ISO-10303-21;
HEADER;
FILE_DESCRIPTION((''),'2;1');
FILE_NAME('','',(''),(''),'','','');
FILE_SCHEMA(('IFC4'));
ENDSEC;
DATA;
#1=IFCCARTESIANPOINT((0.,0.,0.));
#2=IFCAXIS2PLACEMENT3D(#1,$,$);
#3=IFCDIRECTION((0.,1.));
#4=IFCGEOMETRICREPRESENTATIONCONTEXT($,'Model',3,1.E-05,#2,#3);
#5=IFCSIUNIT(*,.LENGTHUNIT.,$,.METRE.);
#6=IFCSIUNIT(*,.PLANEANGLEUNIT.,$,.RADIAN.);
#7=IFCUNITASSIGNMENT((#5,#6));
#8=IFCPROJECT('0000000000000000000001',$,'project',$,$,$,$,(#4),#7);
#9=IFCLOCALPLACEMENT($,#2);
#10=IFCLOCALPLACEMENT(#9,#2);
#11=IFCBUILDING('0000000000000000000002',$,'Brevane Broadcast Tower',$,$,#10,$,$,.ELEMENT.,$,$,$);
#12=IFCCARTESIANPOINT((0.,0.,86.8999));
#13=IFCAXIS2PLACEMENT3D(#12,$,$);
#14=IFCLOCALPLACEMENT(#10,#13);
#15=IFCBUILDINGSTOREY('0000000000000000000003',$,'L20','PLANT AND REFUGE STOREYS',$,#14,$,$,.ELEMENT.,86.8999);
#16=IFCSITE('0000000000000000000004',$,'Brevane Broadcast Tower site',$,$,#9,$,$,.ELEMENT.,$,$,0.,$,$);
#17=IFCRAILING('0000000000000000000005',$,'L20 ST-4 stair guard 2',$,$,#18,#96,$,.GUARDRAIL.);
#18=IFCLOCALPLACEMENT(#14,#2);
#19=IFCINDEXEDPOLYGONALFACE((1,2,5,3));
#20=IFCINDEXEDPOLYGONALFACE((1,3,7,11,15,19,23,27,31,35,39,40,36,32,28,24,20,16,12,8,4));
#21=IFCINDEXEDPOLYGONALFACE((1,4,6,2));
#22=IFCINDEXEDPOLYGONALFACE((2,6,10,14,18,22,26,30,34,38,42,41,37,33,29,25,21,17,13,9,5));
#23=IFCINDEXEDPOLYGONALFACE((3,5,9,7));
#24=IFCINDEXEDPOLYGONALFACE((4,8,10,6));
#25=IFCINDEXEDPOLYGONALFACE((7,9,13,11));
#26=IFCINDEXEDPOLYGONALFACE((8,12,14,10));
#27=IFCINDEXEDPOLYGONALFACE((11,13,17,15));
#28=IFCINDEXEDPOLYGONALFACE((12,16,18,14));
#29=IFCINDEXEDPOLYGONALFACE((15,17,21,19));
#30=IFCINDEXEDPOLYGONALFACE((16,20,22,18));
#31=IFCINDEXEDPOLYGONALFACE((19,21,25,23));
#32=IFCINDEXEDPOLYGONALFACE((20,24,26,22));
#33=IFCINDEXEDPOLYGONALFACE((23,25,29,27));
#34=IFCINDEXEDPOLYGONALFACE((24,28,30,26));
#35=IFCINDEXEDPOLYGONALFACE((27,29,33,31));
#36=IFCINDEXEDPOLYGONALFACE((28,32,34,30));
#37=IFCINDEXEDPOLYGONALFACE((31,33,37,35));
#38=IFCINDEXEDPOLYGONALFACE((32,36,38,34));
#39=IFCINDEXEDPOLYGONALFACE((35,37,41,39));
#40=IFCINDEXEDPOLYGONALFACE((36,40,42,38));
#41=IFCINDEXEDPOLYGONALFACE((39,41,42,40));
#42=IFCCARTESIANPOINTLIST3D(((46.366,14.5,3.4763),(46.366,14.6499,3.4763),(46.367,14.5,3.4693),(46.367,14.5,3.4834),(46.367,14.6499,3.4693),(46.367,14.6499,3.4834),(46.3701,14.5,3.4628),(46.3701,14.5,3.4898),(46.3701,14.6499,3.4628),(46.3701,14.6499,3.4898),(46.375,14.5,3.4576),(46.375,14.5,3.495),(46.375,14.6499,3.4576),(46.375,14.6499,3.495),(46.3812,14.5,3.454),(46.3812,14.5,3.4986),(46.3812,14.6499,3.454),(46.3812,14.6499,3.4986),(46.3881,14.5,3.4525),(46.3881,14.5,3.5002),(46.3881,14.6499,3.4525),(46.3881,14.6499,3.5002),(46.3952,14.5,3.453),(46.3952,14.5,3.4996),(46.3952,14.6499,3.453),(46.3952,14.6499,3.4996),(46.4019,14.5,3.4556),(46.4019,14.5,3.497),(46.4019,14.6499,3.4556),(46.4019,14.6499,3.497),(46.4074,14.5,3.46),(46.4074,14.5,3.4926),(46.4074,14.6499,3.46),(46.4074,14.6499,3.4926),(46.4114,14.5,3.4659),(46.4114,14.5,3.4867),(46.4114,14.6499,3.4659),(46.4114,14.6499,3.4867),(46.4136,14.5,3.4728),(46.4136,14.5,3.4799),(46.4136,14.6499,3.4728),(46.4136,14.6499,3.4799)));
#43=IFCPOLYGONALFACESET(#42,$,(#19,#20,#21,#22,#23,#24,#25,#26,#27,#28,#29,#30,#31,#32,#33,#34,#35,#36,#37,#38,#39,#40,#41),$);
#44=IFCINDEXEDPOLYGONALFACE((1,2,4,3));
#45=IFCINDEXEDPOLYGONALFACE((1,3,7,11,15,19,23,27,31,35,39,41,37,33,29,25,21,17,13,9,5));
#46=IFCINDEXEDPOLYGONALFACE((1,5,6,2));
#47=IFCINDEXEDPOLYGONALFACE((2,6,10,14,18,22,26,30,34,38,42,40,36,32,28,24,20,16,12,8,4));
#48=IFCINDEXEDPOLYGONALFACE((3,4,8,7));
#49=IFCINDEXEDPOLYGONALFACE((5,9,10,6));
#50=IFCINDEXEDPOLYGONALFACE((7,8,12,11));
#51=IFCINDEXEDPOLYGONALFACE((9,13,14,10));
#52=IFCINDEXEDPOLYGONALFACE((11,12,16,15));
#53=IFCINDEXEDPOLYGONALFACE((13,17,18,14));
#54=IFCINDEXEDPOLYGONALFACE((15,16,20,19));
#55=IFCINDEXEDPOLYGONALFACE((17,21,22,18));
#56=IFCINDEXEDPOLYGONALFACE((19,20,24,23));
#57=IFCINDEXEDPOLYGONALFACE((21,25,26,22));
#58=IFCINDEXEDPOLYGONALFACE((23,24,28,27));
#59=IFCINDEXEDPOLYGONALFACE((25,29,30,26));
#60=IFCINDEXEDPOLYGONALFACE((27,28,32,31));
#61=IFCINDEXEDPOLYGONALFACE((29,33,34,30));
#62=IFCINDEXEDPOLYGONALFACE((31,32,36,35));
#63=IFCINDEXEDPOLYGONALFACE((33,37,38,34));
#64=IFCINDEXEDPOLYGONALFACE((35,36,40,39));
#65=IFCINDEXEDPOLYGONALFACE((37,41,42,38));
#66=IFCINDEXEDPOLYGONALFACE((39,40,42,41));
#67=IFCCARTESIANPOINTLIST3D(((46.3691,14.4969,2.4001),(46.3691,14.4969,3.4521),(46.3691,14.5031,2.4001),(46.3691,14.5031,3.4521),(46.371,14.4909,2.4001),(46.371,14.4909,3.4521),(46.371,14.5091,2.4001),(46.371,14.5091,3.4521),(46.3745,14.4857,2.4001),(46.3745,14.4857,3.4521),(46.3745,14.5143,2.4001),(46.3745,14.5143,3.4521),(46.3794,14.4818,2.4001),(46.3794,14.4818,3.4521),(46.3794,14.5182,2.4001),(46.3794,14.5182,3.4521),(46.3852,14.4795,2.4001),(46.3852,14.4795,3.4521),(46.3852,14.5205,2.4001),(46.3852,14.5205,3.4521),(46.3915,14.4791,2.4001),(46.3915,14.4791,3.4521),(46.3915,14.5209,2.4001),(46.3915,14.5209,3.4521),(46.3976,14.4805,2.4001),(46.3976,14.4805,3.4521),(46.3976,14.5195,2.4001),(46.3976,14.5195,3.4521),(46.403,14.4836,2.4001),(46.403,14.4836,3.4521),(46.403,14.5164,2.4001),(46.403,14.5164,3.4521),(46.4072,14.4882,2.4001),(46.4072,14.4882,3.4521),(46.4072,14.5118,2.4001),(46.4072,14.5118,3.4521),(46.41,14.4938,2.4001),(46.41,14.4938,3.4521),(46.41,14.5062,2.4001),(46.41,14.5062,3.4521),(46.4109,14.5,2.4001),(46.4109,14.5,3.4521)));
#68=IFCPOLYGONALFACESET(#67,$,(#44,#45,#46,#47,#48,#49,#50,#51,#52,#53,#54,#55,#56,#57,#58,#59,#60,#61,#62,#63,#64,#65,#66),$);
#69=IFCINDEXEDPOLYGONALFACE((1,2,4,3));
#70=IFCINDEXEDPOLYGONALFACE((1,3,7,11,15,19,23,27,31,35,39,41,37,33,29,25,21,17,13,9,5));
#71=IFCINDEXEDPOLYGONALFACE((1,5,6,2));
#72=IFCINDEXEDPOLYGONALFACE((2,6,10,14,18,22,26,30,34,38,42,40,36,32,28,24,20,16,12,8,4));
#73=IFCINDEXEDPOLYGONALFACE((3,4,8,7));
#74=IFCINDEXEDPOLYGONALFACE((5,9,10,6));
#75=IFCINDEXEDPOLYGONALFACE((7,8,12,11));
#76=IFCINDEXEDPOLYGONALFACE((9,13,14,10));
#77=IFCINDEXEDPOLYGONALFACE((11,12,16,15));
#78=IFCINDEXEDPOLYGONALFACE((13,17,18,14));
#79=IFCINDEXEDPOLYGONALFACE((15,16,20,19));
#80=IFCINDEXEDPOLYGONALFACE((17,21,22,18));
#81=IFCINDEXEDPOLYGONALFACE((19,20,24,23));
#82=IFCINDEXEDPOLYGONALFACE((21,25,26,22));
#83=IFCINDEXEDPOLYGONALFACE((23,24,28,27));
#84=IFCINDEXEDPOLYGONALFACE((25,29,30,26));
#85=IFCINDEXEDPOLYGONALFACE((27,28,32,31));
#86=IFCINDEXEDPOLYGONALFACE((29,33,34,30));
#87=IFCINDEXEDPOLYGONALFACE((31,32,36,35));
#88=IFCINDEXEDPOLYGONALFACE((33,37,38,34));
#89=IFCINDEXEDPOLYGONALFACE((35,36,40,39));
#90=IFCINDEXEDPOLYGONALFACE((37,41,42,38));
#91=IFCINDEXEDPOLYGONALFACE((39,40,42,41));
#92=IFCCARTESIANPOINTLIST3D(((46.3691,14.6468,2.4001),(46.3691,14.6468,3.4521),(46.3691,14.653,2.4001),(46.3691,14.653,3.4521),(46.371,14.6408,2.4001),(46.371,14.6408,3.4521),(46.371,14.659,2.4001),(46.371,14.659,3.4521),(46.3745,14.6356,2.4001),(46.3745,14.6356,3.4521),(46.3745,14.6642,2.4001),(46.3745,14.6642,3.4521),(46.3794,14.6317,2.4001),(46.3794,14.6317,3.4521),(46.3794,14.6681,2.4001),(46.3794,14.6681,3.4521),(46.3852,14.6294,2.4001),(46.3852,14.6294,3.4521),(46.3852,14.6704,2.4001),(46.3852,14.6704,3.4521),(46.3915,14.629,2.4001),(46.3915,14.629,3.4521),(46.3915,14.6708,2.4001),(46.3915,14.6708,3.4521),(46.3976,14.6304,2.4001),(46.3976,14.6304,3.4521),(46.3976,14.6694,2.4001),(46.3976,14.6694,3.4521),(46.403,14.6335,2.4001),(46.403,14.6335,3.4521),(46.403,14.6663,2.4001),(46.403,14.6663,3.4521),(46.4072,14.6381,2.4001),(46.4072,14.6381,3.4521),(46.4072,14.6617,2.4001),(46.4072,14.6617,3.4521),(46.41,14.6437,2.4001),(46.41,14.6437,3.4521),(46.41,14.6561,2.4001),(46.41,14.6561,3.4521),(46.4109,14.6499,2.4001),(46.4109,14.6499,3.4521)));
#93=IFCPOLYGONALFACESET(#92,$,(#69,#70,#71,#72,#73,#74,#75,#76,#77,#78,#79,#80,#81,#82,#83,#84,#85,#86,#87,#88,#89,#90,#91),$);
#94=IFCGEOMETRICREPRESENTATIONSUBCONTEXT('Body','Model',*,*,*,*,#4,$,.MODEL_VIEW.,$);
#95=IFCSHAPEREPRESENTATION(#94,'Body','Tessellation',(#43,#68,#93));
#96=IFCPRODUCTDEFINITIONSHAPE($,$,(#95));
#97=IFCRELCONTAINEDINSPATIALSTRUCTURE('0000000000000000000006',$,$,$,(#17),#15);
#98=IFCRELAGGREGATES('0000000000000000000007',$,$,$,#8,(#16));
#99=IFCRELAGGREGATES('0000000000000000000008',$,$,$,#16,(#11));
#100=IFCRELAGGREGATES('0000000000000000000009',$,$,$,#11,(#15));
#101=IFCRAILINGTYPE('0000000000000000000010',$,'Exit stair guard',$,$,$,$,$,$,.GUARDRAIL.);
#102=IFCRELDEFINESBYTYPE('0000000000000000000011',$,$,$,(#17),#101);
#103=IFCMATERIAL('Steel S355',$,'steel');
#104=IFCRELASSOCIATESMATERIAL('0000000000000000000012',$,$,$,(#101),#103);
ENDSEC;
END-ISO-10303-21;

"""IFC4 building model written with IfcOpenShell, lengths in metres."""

from ifc_helpers import new_model, si_unit, direction, frame, origin, origin_2d, place, context, subcontext, project, spatial, circle, extrude, material, type_object, element, save


model = new_model("IFC4")

# Units and contexts
model_context = context("Model", 3, precision=1e-05, world=origin(), true_north=direction((0.0, 1.0)))
body_context = subcontext(model_context, "Body", "Model", "MODEL_VIEW")
ifc_project = project(units=[si_unit("LENGTHUNIT", "METRE"), si_unit("PLANEANGLEUNIT", "RADIAN")], contexts=[model_context])

# Site, building, storey
site_placement = place(None, origin())
site = spatial("IfcSite", under=ifc_project, at=site_placement, Name="Brevane Broadcast Tower site", CompositionType="ELEMENT", RefElevation=0.0)
building_placement = place(site_placement, origin())
building = spatial("IfcBuilding", under=site, at=building_placement, Name="Brevane Broadcast Tower", CompositionType="ELEMENT")
storey_placement = place(building_placement, frame((0.0, 0.0, 86.8999)))
storey = spatial("IfcBuildingStorey", under=building, at=storey_placement, Name="L20", Description="PLANT AND REFUGE STOREYS", CompositionType="ELEMENT", Elevation=86.8999)

# Shared definitions
ifc_material_1 = material(Name="Steel S355", Category="steel")

# Railing
railing_type_1 = type_object("IfcRailingType", Name="Exit stair guard", PredefinedType="GUARDRAIL", material=ifc_material_1)
railing_1_placement = place(storey_placement, frame((46.3899, 14.5, 2.4001)))
element("IfcRailing", 1, at=railing_1_placement, inside=storey, type_object=railing_type_1, Name="L20 ST-4 stair guard 2", PredefinedType="GUARDRAIL", context=body_context, shape_type="SweptSolid", body=[
    extrude(circle(Radius=0.0239, at=origin_2d()), frame((0.0, 0.0, 1.0762), z_axis=(0.0, 1.0, 0.0), x_axis=(-1.0, 0.0, 0.0)), (0.0, 0.0, 1.0), 0.1499),
    extrude(circle(Radius=0.021, at=origin_2d()), origin(), (0.0, 0.0, 1.0), 1.052),
    extrude(circle(Radius=0.021, at=origin_2d()), frame((0.0, 0.1499, 0.0)), (0.0, 0.0, 1.0), 1.052),
])

save(model, "model.ifc")
